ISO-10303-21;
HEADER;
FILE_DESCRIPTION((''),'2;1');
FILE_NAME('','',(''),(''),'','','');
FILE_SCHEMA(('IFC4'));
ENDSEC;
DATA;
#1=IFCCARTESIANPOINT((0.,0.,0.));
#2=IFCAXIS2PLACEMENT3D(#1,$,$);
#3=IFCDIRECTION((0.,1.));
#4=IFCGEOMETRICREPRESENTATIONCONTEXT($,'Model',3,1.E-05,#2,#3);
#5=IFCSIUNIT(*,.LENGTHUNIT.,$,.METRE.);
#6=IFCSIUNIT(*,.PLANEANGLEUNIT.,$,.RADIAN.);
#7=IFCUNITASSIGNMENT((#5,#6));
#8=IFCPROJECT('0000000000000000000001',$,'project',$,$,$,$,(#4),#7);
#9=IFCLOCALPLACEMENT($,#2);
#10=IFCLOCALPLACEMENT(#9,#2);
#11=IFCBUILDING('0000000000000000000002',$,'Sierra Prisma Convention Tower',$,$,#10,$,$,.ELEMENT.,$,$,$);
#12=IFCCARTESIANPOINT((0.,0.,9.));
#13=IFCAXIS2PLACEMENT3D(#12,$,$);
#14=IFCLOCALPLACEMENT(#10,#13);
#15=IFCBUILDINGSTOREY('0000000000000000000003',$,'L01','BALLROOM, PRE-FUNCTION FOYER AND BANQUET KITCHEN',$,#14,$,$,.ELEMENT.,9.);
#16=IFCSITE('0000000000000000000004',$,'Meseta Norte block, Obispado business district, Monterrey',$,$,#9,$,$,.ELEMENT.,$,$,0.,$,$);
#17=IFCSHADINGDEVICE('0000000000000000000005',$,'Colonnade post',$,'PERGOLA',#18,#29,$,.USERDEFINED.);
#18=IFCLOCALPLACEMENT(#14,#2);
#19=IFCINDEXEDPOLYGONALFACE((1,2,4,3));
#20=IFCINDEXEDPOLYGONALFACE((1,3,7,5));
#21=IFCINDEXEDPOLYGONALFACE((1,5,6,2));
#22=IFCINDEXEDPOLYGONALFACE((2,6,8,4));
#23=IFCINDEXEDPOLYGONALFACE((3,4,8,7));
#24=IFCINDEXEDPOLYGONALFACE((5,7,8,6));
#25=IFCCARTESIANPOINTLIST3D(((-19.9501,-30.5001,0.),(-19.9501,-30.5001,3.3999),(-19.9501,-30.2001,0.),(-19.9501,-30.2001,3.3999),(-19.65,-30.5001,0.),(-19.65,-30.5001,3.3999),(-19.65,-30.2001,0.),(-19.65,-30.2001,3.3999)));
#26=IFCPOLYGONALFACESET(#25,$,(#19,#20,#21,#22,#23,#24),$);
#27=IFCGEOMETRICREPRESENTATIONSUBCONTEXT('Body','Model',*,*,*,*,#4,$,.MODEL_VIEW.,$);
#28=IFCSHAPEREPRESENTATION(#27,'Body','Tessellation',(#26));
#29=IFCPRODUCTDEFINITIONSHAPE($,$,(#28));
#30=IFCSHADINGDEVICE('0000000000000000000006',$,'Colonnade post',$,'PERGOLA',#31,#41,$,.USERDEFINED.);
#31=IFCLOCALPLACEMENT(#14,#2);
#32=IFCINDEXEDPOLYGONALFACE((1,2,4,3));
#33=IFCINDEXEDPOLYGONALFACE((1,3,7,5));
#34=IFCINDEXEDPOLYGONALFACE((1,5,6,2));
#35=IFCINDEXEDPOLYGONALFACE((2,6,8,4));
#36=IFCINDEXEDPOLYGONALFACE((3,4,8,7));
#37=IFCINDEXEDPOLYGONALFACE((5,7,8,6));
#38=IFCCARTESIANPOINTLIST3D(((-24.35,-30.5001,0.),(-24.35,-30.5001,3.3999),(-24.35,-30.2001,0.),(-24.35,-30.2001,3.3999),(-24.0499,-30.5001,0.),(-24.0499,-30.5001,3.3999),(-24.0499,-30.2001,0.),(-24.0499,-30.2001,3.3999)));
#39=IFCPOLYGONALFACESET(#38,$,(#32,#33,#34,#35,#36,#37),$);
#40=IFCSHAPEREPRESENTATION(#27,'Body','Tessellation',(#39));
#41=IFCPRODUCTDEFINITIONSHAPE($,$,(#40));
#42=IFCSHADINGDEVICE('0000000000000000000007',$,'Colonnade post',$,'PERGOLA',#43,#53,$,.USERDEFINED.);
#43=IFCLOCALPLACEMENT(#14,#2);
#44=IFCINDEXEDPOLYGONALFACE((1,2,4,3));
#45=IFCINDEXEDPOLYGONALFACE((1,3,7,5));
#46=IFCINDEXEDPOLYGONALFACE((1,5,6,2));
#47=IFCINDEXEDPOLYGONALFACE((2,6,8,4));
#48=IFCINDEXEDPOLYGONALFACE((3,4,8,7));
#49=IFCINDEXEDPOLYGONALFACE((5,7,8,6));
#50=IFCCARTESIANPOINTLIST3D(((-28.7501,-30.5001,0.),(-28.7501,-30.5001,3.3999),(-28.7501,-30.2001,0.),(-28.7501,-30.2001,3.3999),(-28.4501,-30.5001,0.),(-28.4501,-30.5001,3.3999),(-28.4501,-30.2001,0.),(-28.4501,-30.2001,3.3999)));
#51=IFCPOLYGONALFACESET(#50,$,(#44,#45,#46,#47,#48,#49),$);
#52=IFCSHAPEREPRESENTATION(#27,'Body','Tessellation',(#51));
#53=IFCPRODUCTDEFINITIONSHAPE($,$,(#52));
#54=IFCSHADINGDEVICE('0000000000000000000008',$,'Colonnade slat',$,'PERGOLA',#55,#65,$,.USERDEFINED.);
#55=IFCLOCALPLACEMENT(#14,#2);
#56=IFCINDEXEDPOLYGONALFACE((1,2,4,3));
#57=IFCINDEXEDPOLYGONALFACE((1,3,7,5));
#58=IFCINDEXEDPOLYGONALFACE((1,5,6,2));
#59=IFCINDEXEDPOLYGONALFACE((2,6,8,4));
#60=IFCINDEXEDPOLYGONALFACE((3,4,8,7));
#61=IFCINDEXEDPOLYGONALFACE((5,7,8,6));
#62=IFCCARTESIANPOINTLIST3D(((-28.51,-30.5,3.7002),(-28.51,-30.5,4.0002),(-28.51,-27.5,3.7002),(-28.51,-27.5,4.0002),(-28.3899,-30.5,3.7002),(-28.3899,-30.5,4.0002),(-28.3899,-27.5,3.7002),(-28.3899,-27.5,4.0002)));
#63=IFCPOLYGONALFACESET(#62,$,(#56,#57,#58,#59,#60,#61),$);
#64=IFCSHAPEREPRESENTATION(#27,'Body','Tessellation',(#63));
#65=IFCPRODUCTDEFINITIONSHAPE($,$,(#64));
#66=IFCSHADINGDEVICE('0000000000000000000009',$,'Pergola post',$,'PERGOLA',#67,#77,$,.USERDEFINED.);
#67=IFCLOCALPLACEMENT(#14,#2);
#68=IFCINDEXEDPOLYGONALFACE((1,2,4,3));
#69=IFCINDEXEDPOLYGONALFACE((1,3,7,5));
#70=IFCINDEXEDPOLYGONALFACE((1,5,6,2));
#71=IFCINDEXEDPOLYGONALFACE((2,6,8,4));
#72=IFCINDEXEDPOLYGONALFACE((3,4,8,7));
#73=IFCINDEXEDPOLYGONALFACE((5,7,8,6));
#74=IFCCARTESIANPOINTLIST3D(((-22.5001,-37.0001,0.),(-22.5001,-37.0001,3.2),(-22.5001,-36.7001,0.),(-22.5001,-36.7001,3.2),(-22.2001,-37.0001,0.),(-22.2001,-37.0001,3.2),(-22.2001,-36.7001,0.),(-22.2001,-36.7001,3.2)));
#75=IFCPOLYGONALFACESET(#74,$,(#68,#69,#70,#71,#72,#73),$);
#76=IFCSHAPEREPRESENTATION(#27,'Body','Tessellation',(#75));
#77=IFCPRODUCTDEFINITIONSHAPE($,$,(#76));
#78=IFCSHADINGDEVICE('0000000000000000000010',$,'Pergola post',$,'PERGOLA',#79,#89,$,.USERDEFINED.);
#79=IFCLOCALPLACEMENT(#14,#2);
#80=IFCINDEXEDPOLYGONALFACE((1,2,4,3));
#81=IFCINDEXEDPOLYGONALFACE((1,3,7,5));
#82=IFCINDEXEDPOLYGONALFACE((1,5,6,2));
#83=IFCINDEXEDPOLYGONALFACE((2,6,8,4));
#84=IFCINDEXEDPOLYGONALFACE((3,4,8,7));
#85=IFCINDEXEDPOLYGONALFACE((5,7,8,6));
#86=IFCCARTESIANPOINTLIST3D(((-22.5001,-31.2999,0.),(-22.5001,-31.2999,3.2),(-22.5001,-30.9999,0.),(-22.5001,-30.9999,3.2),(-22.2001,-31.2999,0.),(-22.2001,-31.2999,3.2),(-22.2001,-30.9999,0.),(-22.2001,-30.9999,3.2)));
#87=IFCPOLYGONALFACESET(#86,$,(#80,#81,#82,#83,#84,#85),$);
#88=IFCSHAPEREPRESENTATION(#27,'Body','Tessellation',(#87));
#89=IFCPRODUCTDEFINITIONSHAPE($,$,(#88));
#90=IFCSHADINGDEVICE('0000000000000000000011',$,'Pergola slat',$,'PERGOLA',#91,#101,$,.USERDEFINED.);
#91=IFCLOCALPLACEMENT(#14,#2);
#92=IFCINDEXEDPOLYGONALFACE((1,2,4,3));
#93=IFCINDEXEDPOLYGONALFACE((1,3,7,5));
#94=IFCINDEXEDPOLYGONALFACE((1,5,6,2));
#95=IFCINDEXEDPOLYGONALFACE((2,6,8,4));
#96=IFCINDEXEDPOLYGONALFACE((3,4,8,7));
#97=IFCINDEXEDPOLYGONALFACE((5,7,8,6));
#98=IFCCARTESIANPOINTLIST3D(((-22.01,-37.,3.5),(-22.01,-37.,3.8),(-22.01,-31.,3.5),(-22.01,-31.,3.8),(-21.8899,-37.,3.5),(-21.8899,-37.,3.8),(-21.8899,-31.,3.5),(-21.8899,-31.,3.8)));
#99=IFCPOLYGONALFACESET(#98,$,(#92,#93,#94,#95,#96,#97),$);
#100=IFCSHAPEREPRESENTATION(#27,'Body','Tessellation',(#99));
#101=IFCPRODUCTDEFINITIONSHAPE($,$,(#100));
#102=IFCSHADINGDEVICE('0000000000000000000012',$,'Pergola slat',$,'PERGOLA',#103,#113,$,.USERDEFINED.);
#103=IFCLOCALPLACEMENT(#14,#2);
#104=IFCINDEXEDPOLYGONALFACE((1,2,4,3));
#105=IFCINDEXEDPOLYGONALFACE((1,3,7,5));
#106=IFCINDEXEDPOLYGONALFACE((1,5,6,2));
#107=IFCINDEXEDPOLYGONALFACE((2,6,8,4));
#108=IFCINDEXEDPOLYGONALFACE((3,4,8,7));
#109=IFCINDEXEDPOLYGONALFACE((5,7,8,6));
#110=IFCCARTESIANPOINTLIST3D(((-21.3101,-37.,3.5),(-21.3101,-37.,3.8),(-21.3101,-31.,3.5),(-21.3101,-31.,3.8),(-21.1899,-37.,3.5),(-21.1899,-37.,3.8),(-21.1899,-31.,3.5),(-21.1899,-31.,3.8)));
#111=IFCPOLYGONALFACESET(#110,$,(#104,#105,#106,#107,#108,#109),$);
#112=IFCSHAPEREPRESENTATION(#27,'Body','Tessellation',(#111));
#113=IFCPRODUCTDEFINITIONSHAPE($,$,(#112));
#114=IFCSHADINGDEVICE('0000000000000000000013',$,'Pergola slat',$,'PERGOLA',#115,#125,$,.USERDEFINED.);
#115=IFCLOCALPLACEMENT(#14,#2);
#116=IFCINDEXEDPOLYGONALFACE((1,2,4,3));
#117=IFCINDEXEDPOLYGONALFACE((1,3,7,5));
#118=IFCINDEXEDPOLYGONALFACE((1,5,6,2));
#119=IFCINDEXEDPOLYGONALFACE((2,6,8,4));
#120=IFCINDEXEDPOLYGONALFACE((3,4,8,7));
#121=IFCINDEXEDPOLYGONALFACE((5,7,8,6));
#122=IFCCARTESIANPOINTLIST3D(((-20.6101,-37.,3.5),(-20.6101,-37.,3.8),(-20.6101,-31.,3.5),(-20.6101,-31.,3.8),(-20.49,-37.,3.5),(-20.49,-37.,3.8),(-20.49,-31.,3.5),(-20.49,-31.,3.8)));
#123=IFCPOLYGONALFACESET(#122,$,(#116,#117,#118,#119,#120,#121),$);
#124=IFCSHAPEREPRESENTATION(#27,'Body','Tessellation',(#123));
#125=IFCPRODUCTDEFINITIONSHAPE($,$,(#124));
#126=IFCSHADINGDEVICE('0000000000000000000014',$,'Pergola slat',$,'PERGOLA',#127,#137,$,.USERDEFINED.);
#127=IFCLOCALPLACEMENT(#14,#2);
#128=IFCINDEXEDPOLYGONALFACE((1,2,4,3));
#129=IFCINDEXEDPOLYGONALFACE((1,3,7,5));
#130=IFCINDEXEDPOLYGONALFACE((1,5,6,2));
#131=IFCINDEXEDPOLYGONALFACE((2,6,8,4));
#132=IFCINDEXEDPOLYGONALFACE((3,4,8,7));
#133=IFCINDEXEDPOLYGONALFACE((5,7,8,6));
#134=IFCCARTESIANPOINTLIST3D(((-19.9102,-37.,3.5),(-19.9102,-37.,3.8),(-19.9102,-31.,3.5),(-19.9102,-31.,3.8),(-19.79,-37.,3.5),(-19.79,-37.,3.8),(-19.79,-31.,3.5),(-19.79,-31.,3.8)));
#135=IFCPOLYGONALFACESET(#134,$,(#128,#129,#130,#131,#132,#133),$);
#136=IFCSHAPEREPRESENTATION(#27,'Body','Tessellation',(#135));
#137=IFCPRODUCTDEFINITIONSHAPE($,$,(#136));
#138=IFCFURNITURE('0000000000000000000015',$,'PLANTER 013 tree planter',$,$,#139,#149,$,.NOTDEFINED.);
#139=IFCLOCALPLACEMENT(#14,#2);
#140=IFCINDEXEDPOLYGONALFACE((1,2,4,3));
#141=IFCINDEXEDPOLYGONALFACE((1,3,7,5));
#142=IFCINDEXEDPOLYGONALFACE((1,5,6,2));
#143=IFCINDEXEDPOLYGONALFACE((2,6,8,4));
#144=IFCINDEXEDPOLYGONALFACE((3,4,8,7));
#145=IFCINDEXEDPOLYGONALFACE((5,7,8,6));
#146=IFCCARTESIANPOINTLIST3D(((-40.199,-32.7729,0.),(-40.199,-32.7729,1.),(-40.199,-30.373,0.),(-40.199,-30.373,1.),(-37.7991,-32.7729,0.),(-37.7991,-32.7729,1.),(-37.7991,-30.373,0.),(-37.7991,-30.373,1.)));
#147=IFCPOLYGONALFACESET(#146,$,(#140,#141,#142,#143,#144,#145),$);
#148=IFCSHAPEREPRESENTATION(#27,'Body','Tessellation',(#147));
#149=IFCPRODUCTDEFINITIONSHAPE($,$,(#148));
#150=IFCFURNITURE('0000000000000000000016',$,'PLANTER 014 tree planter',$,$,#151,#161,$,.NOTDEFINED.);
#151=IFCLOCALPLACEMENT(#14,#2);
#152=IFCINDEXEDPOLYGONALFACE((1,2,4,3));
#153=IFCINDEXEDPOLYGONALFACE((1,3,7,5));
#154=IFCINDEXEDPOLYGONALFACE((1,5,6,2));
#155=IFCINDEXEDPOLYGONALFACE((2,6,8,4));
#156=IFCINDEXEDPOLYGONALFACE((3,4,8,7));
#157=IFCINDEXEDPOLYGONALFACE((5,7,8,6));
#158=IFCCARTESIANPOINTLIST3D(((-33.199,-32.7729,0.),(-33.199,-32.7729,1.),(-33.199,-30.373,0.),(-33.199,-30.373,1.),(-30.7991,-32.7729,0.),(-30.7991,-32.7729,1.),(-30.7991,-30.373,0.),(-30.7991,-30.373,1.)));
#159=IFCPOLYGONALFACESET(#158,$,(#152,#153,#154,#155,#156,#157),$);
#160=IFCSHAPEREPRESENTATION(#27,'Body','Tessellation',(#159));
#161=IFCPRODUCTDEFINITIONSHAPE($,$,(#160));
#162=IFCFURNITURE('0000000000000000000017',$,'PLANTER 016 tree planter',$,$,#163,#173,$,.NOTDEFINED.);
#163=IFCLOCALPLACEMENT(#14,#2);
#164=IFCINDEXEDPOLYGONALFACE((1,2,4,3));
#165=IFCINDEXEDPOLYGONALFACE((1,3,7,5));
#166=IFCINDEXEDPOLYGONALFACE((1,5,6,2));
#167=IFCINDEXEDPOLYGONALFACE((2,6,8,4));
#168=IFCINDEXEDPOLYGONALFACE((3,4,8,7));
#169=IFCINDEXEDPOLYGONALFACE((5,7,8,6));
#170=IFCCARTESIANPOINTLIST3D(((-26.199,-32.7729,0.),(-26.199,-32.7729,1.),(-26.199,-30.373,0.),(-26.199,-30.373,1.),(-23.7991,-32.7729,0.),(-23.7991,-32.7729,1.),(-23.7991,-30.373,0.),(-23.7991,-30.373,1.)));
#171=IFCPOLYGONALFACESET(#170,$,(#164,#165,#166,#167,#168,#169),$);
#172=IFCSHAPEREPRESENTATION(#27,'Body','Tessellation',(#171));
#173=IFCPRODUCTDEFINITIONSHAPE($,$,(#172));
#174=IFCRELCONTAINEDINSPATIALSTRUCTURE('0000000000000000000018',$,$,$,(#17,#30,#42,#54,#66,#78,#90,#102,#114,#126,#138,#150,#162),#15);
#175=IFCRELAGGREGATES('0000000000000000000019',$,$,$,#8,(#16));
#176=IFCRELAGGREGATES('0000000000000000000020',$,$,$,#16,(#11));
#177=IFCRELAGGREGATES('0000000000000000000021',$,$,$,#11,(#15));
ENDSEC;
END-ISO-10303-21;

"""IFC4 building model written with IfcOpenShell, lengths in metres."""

from ifc_helpers import new_model, si_unit, direction, frame, origin, origin_2d, place, context, subcontext, project, spatial, rectangle, extrude, element, save


model = new_model("IFC4")

# Units and contexts
model_context = context("Model", 3, precision=1e-05, world=origin(), true_north=direction((0.0, 1.0)))
body_context = subcontext(model_context, "Body", "Model", "MODEL_VIEW")
ifc_project = project(units=[si_unit("LENGTHUNIT", "METRE"), si_unit("PLANEANGLEUNIT", "RADIAN")], contexts=[model_context])

# Site, building, storey
site_placement = place(None, origin())
site = spatial("IfcSite", under=ifc_project, at=site_placement, Name="Meseta Norte block, Obispado business district, Monterrey", CompositionType="ELEMENT", RefElevation=0.0)
building_placement = place(site_placement, origin())
building = spatial("IfcBuilding", under=site, at=building_placement, Name="Sierra Prisma Convention Tower", CompositionType="ELEMENT")
storey_placement = place(building_placement, frame((0.0, 0.0, 9.0)))
storey = spatial("IfcBuildingStorey", under=building, at=storey_placement, Name="L01", Description="BALLROOM, PRE-FUNCTION FOYER AND BANQUET KITCHEN", CompositionType="ELEMENT", Elevation=9.0)

# Shading devices
for number, where, z_axis, x_axis, name in (
    (1, (-19.8, -30.3501, 0.0), (0.0, 0.0, 1.0), (1.0, 0.0, 0.0), "Colonnade post"),
    (2, (-24.2, -30.3501, 0.0), (0.0, 0.0, 1.0), (1.0, 0.0, 0.0), "Colonnade post"),
    (3, (-28.6001, -30.3501, 0.0), (0.0, 0.0, 1.0), (1.0, 0.0, 0.0), "Colonnade post"),
):
    element("IfcShadingDevice", number, at=place(storey_placement, frame(where, z_axis=z_axis, x_axis=x_axis)), inside=storey, Name=name, ObjectType="PERGOLA", PredefinedType="USERDEFINED", context=body_context, shape_type="SweptSolid", body=[
        extrude(rectangle(XDim=0.3, YDim=0.3, at=origin_2d()), origin(), (0.0, 0.0, 1.0), 3.3999),
    ])
shading_device_placement = place(storey_placement, frame((-28.45, -29.0, 3.7002), z_axis=(0.0, 0.0, 1.0), x_axis=(1.0, 0.0, 0.0)))
element("IfcShadingDevice", 4, at=shading_device_placement, inside=storey, Name="Colonnade slat", ObjectType="PERGOLA", PredefinedType="USERDEFINED", context=body_context, shape_type="SweptSolid", body=[
    extrude(rectangle(XDim=0.1201, YDim=3.0, at=origin_2d()), origin(), (0.0, 0.0, 1.0), 0.3),
])
for number, where, z_axis, x_axis, name in (
    (5, (-22.3501, -36.8501, 0.0), (0.0, 0.0, 1.0), (1.0, 0.0, 0.0), "Pergola post"),
    (6, (-22.3501, -31.1499, 0.0), (0.0, 0.0, 1.0), (1.0, 0.0, 0.0), "Pergola post"),
):
    element("IfcShadingDevice", number, at=place(storey_placement, frame(where, z_axis=z_axis, x_axis=x_axis)), inside=storey, Name=name, ObjectType="PERGOLA", PredefinedType="USERDEFINED", context=body_context, shape_type="SweptSolid", body=[
        extrude(rectangle(XDim=0.3, YDim=0.3, at=origin_2d()), origin(), (0.0, 0.0, 1.0), 3.2),
    ])
for number, where, z_axis, x_axis, name in (
    (7, (-21.95, -34.0, 3.5), (0.0, 0.0, 1.0), (1.0, 0.0, 0.0), "Pergola slat"),
    (8, (-21.25, -34.0, 3.5), (0.0, 0.0, 1.0), (1.0, 0.0, 0.0), "Pergola slat"),
    (9, (-20.55, -34.0, 3.5), (0.0, 0.0, 1.0), (1.0, 0.0, 0.0), "Pergola slat"),
    (10, (-19.8501, -34.0, 3.5), (0.0, 0.0, 1.0), (1.0, 0.0, 0.0), "Pergola slat"),
):
    element("IfcShadingDevice", number, at=place(storey_placement, frame(where, z_axis=z_axis, x_axis=x_axis)), inside=storey, Name=name, ObjectType="PERGOLA", PredefinedType="USERDEFINED", context=body_context, shape_type="SweptSolid", body=[
        extrude(rectangle(XDim=0.1201, YDim=6.0, at=origin_2d()), origin(), (0.0, 0.0, 1.0), 0.3),
    ])

# Furniture
for number, where, z_axis, x_axis, name in (
    (11, (-38.999, -31.573, 0.0), (0.0, 0.0, 1.0), (1.0, 0.0, 0.0), "PLANTER 013 tree planter"),
    (12, (-31.999, -31.573, 0.0), (0.0, 0.0, 1.0), (1.0, 0.0, 0.0), "PLANTER 014 tree planter"),
    (13, (-24.999, -31.573, 0.0), (0.0, 0.0, 1.0), (1.0, 0.0, 0.0), "PLANTER 016 tree planter"),
):
    element("IfcFurniture", number, at=place(storey_placement, frame(where, z_axis=z_axis, x_axis=x_axis)), inside=storey, Name=name, PredefinedType="NOTDEFINED", context=body_context, shape_type="SweptSolid", body=[
        extrude(rectangle(XDim=2.3999, YDim=2.3999, at=origin_2d()), origin(), (0.0, 0.0, 1.0), 1.0),
    ])

save(model, "model.ifc")
